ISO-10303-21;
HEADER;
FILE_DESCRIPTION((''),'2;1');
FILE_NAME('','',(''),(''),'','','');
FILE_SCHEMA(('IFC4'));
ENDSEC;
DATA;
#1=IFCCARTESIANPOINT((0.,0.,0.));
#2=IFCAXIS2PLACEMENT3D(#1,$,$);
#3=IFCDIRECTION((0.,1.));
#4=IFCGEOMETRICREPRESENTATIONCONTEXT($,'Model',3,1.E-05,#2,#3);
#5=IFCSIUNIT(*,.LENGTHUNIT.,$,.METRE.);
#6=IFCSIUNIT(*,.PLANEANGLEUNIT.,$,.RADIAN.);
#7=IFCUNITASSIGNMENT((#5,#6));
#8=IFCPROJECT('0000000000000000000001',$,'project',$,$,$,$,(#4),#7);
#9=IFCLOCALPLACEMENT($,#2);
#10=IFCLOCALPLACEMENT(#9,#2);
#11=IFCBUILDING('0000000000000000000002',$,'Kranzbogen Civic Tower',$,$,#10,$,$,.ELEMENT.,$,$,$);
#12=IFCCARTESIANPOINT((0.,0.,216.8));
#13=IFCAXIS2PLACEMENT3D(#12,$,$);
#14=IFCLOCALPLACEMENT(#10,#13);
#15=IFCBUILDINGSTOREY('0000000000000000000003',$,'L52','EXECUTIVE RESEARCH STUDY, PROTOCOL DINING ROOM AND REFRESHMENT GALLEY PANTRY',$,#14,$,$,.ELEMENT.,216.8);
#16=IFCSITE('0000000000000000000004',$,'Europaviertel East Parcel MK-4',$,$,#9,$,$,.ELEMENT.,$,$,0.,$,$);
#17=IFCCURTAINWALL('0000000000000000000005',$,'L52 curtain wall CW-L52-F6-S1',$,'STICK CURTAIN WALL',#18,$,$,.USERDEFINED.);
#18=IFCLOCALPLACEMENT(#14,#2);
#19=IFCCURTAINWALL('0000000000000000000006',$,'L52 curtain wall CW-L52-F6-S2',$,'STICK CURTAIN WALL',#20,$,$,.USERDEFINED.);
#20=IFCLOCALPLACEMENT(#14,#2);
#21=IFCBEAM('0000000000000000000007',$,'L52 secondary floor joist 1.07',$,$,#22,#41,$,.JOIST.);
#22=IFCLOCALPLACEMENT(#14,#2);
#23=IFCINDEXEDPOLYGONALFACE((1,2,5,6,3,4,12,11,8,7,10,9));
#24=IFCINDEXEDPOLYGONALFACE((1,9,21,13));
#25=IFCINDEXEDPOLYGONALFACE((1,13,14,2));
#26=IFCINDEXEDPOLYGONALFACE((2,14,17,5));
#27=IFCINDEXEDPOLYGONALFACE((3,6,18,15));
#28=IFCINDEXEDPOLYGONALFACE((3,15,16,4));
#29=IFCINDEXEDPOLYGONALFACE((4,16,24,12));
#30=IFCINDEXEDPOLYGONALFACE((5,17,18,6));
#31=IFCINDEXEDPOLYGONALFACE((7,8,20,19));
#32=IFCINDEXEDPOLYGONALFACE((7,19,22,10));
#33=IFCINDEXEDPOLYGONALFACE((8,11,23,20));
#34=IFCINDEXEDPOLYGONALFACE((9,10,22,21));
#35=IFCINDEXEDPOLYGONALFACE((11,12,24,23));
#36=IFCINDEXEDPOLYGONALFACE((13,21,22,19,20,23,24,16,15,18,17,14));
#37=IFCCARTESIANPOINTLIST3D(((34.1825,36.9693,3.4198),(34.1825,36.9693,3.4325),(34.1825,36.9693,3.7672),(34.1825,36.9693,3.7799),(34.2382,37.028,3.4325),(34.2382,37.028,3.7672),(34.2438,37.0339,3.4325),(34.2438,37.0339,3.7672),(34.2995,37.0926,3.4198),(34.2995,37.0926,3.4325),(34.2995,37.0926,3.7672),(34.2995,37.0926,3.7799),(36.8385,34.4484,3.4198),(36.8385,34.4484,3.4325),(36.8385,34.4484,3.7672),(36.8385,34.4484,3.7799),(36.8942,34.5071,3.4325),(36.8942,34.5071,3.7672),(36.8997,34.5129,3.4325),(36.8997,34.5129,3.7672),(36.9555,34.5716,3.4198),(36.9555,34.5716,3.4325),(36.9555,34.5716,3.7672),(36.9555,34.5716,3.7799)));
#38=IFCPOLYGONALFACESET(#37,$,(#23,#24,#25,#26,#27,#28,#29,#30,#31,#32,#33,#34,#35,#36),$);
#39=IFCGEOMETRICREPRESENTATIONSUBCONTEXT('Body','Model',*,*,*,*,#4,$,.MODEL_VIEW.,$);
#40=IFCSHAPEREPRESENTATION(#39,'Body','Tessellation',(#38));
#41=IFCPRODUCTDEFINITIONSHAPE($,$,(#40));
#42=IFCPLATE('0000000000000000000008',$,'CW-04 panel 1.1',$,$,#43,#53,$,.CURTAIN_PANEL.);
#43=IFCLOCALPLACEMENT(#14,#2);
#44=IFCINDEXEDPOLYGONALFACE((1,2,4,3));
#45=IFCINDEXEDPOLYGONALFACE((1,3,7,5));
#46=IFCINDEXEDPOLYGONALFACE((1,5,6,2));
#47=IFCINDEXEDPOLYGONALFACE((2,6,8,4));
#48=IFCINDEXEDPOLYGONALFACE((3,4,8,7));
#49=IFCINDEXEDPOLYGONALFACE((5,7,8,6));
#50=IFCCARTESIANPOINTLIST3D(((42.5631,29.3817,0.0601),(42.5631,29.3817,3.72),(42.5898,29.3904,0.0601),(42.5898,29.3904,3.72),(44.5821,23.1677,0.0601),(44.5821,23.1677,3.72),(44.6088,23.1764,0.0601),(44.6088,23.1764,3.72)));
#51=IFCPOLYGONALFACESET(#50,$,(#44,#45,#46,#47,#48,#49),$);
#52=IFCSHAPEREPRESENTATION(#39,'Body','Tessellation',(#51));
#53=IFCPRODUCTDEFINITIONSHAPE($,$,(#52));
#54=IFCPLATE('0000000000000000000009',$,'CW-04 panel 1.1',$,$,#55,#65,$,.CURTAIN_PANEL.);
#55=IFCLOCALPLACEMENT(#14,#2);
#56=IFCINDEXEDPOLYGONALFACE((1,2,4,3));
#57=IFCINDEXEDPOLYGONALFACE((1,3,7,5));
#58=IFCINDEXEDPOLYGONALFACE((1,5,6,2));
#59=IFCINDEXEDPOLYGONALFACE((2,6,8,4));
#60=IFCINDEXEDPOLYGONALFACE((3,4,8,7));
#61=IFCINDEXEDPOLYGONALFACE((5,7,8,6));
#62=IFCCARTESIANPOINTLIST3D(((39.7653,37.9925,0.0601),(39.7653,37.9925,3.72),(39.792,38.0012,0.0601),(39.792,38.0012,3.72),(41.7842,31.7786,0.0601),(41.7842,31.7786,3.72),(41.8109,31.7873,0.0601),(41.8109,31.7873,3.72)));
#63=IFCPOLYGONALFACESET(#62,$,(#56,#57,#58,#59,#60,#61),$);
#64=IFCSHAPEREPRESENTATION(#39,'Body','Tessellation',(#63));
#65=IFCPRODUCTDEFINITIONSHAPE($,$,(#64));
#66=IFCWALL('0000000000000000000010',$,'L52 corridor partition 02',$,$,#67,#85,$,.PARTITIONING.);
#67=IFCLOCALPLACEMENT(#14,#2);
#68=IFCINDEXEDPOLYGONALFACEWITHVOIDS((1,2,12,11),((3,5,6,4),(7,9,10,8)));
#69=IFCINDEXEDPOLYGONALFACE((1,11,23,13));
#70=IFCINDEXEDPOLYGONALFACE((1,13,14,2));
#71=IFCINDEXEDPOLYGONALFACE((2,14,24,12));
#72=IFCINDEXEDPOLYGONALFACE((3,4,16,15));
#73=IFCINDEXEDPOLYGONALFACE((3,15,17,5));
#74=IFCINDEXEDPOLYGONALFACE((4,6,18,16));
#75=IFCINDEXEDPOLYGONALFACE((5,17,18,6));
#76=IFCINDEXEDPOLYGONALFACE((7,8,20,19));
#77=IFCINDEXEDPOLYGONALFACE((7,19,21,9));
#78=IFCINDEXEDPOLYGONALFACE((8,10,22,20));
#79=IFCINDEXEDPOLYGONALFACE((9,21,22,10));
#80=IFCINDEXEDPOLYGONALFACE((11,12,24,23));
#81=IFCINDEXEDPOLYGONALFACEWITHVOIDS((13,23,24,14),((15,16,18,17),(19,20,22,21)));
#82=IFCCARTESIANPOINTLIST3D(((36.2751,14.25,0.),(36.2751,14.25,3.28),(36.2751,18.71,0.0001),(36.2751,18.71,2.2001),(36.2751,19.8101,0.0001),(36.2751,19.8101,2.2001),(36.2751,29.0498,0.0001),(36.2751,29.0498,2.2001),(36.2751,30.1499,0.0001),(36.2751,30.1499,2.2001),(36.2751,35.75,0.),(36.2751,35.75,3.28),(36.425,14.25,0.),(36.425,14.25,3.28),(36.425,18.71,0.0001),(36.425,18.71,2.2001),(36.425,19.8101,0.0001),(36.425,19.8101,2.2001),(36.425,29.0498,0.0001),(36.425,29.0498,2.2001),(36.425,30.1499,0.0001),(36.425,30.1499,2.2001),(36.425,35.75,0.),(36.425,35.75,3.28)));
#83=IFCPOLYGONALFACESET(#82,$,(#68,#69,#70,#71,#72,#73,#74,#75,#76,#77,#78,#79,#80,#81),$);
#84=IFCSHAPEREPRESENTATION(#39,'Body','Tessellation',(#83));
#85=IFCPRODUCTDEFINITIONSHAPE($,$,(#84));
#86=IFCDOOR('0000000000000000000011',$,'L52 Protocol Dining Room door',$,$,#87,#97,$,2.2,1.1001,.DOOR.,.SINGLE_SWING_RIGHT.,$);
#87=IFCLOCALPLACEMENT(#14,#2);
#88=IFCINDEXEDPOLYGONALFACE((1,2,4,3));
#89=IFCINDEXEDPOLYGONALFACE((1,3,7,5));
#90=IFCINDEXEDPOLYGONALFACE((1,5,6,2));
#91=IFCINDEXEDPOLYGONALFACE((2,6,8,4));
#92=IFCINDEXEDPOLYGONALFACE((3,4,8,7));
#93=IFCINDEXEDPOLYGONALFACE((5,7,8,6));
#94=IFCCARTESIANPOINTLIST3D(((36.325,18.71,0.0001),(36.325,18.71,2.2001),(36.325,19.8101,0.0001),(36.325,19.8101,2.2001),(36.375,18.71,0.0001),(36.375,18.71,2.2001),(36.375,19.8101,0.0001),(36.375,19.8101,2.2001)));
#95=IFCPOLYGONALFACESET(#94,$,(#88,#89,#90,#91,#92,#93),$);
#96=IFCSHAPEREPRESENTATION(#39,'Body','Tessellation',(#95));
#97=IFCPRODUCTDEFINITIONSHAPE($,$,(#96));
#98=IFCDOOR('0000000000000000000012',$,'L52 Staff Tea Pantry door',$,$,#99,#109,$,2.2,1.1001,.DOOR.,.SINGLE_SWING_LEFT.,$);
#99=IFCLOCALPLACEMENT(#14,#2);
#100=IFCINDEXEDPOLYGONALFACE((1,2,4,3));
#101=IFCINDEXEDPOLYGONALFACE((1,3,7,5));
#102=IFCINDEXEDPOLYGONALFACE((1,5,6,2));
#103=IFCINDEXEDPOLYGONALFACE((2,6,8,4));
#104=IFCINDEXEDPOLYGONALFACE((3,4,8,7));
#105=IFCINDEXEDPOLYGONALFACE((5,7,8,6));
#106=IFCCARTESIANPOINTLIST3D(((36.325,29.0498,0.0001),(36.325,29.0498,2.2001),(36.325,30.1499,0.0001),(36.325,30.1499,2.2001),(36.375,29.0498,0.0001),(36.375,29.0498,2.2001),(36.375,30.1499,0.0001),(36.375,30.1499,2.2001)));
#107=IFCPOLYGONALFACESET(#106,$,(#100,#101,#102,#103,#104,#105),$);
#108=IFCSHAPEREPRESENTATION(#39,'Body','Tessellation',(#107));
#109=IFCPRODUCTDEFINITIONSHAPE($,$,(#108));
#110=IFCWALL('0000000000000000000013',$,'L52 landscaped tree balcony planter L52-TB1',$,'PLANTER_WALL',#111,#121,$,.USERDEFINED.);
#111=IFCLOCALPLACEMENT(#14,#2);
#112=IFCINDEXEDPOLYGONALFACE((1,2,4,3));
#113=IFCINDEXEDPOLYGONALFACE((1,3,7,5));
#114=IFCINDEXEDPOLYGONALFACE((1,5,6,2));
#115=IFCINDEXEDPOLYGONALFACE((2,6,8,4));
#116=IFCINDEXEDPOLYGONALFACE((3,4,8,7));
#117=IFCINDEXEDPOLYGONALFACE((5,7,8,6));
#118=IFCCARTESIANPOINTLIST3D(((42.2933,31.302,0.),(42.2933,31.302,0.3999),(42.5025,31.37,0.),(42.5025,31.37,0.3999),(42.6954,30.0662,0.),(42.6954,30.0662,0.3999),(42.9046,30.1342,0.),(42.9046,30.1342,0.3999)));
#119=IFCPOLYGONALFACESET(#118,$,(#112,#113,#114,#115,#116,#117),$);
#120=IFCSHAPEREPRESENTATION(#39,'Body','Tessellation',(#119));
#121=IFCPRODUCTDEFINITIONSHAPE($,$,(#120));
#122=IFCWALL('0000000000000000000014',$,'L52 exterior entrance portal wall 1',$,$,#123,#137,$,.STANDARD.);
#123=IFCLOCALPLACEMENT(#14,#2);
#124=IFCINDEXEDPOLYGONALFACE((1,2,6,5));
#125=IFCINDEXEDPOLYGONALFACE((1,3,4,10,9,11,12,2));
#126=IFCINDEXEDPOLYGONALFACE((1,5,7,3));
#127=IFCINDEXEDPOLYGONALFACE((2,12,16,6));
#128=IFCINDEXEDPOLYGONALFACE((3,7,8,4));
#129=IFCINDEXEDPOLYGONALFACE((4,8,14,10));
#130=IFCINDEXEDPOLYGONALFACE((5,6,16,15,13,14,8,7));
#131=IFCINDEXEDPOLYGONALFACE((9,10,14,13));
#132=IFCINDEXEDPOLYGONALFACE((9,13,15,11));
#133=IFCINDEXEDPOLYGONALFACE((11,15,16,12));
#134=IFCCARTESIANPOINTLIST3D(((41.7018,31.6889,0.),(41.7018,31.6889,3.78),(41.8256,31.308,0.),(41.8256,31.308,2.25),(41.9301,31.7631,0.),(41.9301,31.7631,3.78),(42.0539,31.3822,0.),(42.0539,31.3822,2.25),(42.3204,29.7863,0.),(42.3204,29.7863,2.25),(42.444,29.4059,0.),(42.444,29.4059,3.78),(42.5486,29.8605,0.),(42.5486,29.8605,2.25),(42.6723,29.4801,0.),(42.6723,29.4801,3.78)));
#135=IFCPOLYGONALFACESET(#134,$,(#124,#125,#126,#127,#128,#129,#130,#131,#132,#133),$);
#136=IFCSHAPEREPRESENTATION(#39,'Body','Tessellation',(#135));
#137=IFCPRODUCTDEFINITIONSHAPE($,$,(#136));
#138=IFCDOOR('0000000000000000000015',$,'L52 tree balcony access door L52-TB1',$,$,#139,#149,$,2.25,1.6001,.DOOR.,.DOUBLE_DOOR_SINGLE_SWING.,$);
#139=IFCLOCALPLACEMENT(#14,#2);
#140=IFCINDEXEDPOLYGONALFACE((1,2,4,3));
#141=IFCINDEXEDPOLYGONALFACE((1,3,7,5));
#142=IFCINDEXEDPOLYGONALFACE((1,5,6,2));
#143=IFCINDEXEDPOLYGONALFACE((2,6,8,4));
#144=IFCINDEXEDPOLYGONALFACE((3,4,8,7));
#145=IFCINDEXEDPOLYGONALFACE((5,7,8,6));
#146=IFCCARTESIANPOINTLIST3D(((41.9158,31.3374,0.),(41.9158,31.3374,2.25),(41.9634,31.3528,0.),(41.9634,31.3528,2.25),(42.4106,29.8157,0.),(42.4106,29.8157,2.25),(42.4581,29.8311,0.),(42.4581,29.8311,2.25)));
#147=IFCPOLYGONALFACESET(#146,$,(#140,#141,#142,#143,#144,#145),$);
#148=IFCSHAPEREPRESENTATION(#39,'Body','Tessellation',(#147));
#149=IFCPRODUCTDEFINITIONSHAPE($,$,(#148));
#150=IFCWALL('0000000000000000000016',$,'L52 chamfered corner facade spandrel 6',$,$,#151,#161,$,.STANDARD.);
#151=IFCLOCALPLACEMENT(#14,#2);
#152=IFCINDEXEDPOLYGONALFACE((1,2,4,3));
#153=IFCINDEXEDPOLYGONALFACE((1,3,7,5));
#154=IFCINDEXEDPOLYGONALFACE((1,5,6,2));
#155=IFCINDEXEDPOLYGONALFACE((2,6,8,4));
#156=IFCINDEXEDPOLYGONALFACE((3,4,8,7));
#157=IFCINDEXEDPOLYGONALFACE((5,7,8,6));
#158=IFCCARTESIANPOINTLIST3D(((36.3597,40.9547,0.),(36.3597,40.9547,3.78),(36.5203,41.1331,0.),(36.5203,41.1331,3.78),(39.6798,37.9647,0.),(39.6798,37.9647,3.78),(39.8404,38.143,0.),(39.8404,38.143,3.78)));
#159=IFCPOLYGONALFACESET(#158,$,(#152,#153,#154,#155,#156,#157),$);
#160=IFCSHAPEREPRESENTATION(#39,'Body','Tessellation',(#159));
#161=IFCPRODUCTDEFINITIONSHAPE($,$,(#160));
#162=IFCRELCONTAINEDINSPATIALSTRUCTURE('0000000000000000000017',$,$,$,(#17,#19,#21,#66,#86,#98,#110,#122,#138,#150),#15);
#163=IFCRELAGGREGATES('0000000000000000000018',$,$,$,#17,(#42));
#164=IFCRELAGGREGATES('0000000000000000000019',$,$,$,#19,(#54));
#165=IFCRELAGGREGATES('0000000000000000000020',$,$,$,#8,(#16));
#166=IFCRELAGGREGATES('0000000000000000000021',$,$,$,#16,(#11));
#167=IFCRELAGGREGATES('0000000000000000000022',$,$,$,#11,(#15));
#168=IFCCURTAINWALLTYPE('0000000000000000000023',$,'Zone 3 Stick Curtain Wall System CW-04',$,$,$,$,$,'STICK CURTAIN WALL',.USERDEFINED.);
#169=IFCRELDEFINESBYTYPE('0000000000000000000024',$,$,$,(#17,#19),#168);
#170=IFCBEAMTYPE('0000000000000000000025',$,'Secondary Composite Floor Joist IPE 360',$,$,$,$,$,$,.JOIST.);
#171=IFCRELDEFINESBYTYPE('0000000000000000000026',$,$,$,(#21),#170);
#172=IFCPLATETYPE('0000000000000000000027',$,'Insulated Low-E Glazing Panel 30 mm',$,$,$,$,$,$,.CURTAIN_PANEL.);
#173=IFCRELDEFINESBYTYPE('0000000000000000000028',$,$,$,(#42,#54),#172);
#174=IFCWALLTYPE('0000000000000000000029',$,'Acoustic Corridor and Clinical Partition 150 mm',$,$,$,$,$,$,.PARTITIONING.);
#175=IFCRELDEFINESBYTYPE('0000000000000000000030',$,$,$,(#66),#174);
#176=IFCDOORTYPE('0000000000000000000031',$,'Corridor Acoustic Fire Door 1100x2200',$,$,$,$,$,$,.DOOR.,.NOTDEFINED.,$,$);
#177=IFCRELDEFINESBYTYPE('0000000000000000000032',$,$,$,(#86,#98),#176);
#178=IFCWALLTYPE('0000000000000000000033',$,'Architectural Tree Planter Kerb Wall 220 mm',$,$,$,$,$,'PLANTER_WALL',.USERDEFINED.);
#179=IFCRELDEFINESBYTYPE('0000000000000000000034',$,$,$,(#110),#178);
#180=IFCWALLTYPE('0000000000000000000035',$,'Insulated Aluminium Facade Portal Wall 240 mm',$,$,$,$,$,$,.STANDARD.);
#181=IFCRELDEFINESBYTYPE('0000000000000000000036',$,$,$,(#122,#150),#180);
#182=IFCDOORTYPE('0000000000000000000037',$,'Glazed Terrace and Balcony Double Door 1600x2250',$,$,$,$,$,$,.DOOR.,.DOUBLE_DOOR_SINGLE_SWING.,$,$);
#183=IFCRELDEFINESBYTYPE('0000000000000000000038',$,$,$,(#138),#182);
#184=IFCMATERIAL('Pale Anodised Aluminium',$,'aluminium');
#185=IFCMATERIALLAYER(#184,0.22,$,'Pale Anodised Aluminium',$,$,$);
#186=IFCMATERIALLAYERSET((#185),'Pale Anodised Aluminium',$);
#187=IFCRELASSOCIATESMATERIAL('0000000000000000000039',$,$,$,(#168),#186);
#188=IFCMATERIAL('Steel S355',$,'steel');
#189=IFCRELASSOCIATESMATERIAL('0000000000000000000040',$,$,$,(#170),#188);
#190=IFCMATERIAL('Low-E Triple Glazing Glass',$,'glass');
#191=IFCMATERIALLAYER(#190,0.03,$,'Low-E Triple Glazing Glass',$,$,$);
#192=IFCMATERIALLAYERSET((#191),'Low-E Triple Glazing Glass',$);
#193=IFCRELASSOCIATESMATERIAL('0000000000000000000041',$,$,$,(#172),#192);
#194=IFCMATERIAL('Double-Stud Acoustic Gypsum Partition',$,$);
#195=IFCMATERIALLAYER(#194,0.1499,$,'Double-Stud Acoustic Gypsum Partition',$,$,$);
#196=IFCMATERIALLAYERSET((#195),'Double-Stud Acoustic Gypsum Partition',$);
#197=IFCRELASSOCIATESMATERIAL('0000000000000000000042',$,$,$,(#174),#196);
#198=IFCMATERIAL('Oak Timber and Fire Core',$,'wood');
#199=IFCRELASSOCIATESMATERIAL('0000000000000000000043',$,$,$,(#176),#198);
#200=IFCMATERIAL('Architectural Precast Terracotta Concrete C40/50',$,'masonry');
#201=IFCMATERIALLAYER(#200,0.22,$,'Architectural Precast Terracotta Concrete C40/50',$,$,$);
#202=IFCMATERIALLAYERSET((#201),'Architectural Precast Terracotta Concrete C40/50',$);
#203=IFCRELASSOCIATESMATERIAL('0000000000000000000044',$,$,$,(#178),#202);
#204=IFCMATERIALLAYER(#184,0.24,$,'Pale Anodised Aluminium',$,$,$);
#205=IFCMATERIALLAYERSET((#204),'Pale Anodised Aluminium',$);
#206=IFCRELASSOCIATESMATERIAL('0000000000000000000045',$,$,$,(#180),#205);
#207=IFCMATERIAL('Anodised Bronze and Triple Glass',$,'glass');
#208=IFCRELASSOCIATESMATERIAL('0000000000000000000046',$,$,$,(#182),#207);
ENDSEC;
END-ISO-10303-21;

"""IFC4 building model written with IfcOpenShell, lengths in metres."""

from ifc_helpers import new_model, si_unit, direction, frame, frame_2d, origin, origin_2d, place, context, subcontext, project, spatial, rectangle, i_section, extrude, material, layer, layer_set, material_profile, profile_set, type_object, element, fill, aggregate, save


model = new_model("IFC4")

# Units and contexts
model_context = context("Model", 3, precision=1e-05, world=origin(), true_north=direction((0.0, 1.0)))
body_context = subcontext(model_context, "Body", "Model", "MODEL_VIEW")
ifc_project = project(units=[si_unit("LENGTHUNIT", "METRE"), si_unit("PLANEANGLEUNIT", "RADIAN")], contexts=[model_context])

# Site, building, storey
site_placement = place(None, origin())
site = spatial("IfcSite", under=ifc_project, at=site_placement, Name="Europaviertel East Parcel MK-4", CompositionType="ELEMENT", RefElevation=0.0)
building_placement = place(site_placement, origin())
building = spatial("IfcBuilding", under=site, at=building_placement, Name="Kranzbogen Civic Tower", CompositionType="ELEMENT")
storey_placement = place(building_placement, frame((0.0, 0.0, 216.8)))
storey = spatial("IfcBuildingStorey", under=building, at=storey_placement, Name="L52", Description="EXECUTIVE RESEARCH STUDY, PROTOCOL DINING ROOM AND REFRESHMENT GALLEY PANTRY", CompositionType="ELEMENT", Elevation=216.8)

# Shared definitions
ifc_material_1 = material(Name="Steel S355", Category="steel")

# Curtain wall
ifc_material_2 = material(Name="Pale Anodised Aluminium", Category="aluminium")
ifc_layer_1 = layer(ifc_material_2, 0.22, Name="Pale Anodised Aluminium")
ifc_layer_set_1 = layer_set([ifc_layer_1], Name="Pale Anodised Aluminium")
curtain_wall_type = type_object("IfcCurtainWallType", Name="Zone 3 Stick Curtain Wall System CW-04", ElementType="STICK CURTAIN WALL", PredefinedType="USERDEFINED", material=ifc_layer_set_1)
curtain_wall_1_placement = place(storey_placement, origin())
curtain_wall_1 = element("IfcCurtainWall", 1, at=curtain_wall_1_placement, inside=storey, type_object=curtain_wall_type, Name="L52 curtain wall CW-L52-F6-S1", ObjectType="STICK CURTAIN WALL", PredefinedType="USERDEFINED")

# Curtain wall
curtain_wall_2_placement = place(storey_placement, origin())
curtain_wall_2 = element("IfcCurtainWall", 2, at=curtain_wall_2_placement, inside=storey, type_object=curtain_wall_type, Name="L52 curtain wall CW-L52-F6-S2", ObjectType="STICK CURTAIN WALL", PredefinedType="USERDEFINED")

# Beam
ifc_material_profile_1 = material_profile(ifc_material_1, i_section(OverallWidth=0.1699, OverallDepth=0.3601, WebThickness=0.0081, FlangeThickness=0.0127, at=origin_2d()), Name="IPE 360")
ifc_profile_set_1 = profile_set([ifc_material_profile_1], Name="Steel S355")
beam_type_1 = type_object("IfcBeamType", Name="Secondary Composite Floor Joist IPE 360", PredefinedType="JOIST", material=ifc_profile_set_1)
beam_1_placement = place(storey_placement, frame((36.897, 34.51, 3.5999), z_axis=(-0.725301, 0.688432, 0.0), x_axis=(-0.688432, -0.725301, 0.0)))
element("IfcBeam", 3, at=beam_1_placement, inside=storey, type_object=beam_type_1, Name="L52 secondary floor joist 1.07", PredefinedType="JOIST", context=body_context, shape_type="SweptSolid", body=[
    extrude(i_section(OverallWidth=0.1699, OverallDepth=0.3601, WebThickness=0.0081, FlangeThickness=0.0127, at=origin_2d()), origin(), (0.0, 0.0, 1.0), 3.6619),
])

# Plates
ifc_material_3 = material(Name="Low-E Triple Glazing Glass", Category="glass")
ifc_layer_2 = layer(ifc_material_3, 0.03, Name="Low-E Triple Glazing Glass")
ifc_layer_set_2 = layer_set([ifc_layer_2], Name="Low-E Triple Glazing Glass")
plate_type = type_object("IfcPlateType", Name="Insulated Low-E Glazing Panel 30 mm", PredefinedType="CURTAIN_PANEL", material=ifc_layer_set_2)
plate_1_placement = place(storey_placement, frame((43.5859, 26.2791, 0.0601), z_axis=(0.0, 0.0, 1.0), x_axis=(-0.309005, 0.951061, 0.0)))
plate_1 = element("IfcPlate", 4, at=plate_1_placement, type_object=plate_type, Name="CW-04 panel 1.1", PredefinedType="CURTAIN_PANEL", context=body_context, shape_type="SweptSolid", body=[
    extrude(rectangle(XDim=6.5337, YDim=0.0281, at=origin_2d()), origin(), (0.0, 0.0, 1.0), 3.6599),
])
aggregate(curtain_wall_1, [plate_1])
plate_2_placement = place(storey_placement, frame((40.7881, 34.8899, 0.0601), z_axis=(0.0, 0.0, 1.0), x_axis=(-0.309005, 0.951061, 0.0)))
plate_2 = element("IfcPlate", 5, at=plate_2_placement, type_object=plate_type, Name="CW-04 panel 1.1", PredefinedType="CURTAIN_PANEL", context=body_context, shape_type="SweptSolid", body=[
    extrude(rectangle(XDim=6.5337, YDim=0.0281, at=origin_2d()), origin(), (0.0, 0.0, 1.0), 3.6599),
])
aggregate(curtain_wall_2, [plate_2])

# Wall, openings, doors
ifc_material_4 = material(Name="Double-Stud Acoustic Gypsum Partition")
ifc_layer_3 = layer(ifc_material_4, 0.1499, Name="Double-Stud Acoustic Gypsum Partition")
ifc_layer_set_3 = layer_set([ifc_layer_3], Name="Double-Stud Acoustic Gypsum Partition")
wall_type_1 = type_object("IfcWallType", Name="Acoustic Corridor and Clinical Partition 150 mm", PredefinedType="PARTITIONING", material=ifc_layer_set_3)
wall_1_placement = place(storey_placement, frame((36.3501, 35.75, 0.0), z_axis=(0.0, 0.0, 1.0), x_axis=(0.0, -1.0, 0.0)))
wall_1 = element("IfcWall", 6, at=wall_1_placement, inside=storey, type_object=wall_type_1, Name="L52 corridor partition 02", PredefinedType="PARTITIONING", context=body_context, shape_type="SweptSolid", body=[
    extrude(rectangle(XDim=21.5, YDim=0.1499, at=frame_2d((10.75, 0.0))), origin(), (0.0, 0.0, 1.0), 3.28),
])
opening_1_placement = place(wall_1_placement, frame((15.9399, 0.0, 0.0)))
opening_1 = element("IfcOpeningElement", 7, at=opening_1_placement, cuts=wall_1, PredefinedType="OPENING", context=body_context, shape_type="SweptSolid", body=[
    extrude(rectangle(XDim=1.1001, YDim=2.2, at=frame_2d((0.55, 1.1001))), frame((0.0, 0.085, 0.0), z_axis=(0.0, -1.0, 0.0), x_axis=(1.0, 0.0, 0.0)), (0.0, 0.0, 1.0), 0.1699),
])
opening_2_placement = place(wall_1_placement, frame((5.6001, 0.0, 0.0)))
opening_2 = element("IfcOpeningElement", 8, at=opening_2_placement, cuts=wall_1, PredefinedType="OPENING", context=body_context, shape_type="SweptSolid", body=[
    extrude(rectangle(XDim=1.1001, YDim=2.2, at=frame_2d((0.55, 1.1001))), frame((0.0, 0.085, 0.0), z_axis=(0.0, -1.0, 0.0), x_axis=(1.0, 0.0, 0.0)), (0.0, 0.0, 1.0), 0.1699),
])
ifc_material_5 = material(Name="Oak Timber and Fire Core", Category="wood")
door_type_1 = type_object("IfcDoorType", Name="Corridor Acoustic Fire Door 1100x2200", OperationType="NOTDEFINED", PredefinedType="DOOR", material=ifc_material_5)
door_1_placement = place(opening_1_placement, origin())
door_1 = element("IfcDoor", 9, at=door_1_placement, inside=storey, type_object=door_type_1, Name="L52 Protocol Dining Room door", OperationType="SINGLE_SWING_RIGHT", OverallHeight=2.2, OverallWidth=1.1001, PredefinedType="DOOR", context=body_context, shape_type="SweptSolid", body=[
    extrude(rectangle(XDim=1.1001, YDim=2.2, at=frame_2d((0.55, 1.1001))), frame((0.0, 0.0249, 0.0), z_axis=(0.0, -1.0, 0.0), x_axis=(1.0, 0.0, 0.0)), (0.0, 0.0, 1.0), 0.05),
])
fill(opening_1, door_1)
door_2_placement = place(opening_2_placement, origin())
door_2 = element("IfcDoor", 10, at=door_2_placement, inside=storey, type_object=door_type_1, Name="L52 Staff Tea Pantry door", OperationType="SINGLE_SWING_LEFT", OverallHeight=2.2, OverallWidth=1.1001, PredefinedType="DOOR", context=body_context, shape_type="SweptSolid", body=[
    extrude(rectangle(XDim=1.1001, YDim=2.2, at=frame_2d((0.55, 1.1001))), frame((0.0, 0.0249, 0.0), z_axis=(0.0, -1.0, 0.0), x_axis=(1.0, 0.0, 0.0)), (0.0, 0.0, 1.0), 0.05),
])
fill(opening_2, door_2)

# Wall
ifc_material_6 = material(Name="Architectural Precast Terracotta Concrete C40/50", Category="masonry")
ifc_layer_4 = layer(ifc_material_6, 0.22, Name="Architectural Precast Terracotta Concrete C40/50")
ifc_layer_set_4 = layer_set([ifc_layer_4], Name="Architectural Precast Terracotta Concrete C40/50")
wall_type_2 = type_object("IfcWallType", Name="Architectural Tree Planter Kerb Wall 220 mm", ElementType="PLANTER_WALL", PredefinedType="USERDEFINED", material=ifc_layer_set_4)
wall_2_placement = place(storey_placement, frame((42.8, 30.1001, 0.0), z_axis=(0.0, 0.0, 1.0), x_axis=(-0.3094, 0.950932, 0.0)))
element("IfcWall", 11, at=wall_2_placement, inside=storey, type_object=wall_type_2, Name="L52 landscaped tree balcony planter L52-TB1", ObjectType="PLANTER_WALL", PredefinedType="USERDEFINED", context=body_context, shape_type="SweptSolid", body=[
    extrude(rectangle(XDim=1.2996, YDim=0.22, at=frame_2d((0.6499, 0.0))), origin(), (0.0, 0.0, 1.0), 0.3999),
])

# Wall, opening, door
ifc_layer_5 = layer(ifc_material_2, 0.24, Name="Pale Anodised Aluminium")
ifc_layer_set_5 = layer_set([ifc_layer_5], Name="Pale Anodised Aluminium")
wall_type_3 = type_object("IfcWallType", Name="Insulated Aluminium Facade Portal Wall 240 mm", PredefinedType="STANDARD", material=ifc_layer_set_5)
wall_3_placement = place(storey_placement, frame((42.5581, 29.4431, 0.0), z_axis=(0.0, 0.0, 1.0), x_axis=(-0.309171, 0.951006, 0.0)))
wall_3 = element("IfcWall", 12, at=wall_3_placement, inside=storey, type_object=wall_type_3, Name="L52 exterior entrance portal wall 1", PredefinedType="STANDARD", context=body_context, shape_type="SweptSolid", body=[
    extrude(rectangle(XDim=2.4006, YDim=0.24, at=frame_2d((1.2002, 0.0))), origin(), (0.0, 0.0, 1.0), 3.78),
])
opening_3_placement = place(wall_3_placement, frame((0.3999, 0.0, 0.0)))
opening_3 = element("IfcOpeningElement", 13, at=opening_3_placement, cuts=wall_3, PredefinedType="OPENING", context=body_context, shape_type="SweptSolid", body=[
    extrude(rectangle(XDim=1.6001, YDim=2.25, at=frame_2d((0.8, 1.125))), frame((0.0, 0.1299, 0.0), z_axis=(0.0, -1.0, 0.0), x_axis=(1.0, 0.0, 0.0)), (0.0, 0.0, 1.0), 0.26),
])
ifc_material_7 = material(Name="Anodised Bronze and Triple Glass", Category="glass")
door_type_2 = type_object("IfcDoorType", Name="Glazed Terrace and Balcony Double Door 1600x2250", OperationType="DOUBLE_DOOR_SINGLE_SWING", PredefinedType="DOOR", material=ifc_material_7)
door_3_placement = place(opening_3_placement, frame((1.6001, 0.0, 0.0), z_axis=(0.0, 0.0, 1.0), x_axis=(-1.0, 0.0, 0.0)))
door_3 = element("IfcDoor", 14, at=door_3_placement, inside=storey, type_object=door_type_2, Name="L52 tree balcony access door L52-TB1", OperationType="DOUBLE_DOOR_SINGLE_SWING", OverallHeight=2.25, OverallWidth=1.6001, PredefinedType="DOOR", context=body_context, shape_type="SweptSolid", body=[
    extrude(rectangle(XDim=1.6001, YDim=2.25, at=frame_2d((0.8, 1.125))), frame((0.0, 0.0249, 0.0), z_axis=(0.0, -1.0, 0.0), x_axis=(1.0, 0.0, 0.0)), (0.0, 0.0, 1.0), 0.05),
])
fill(opening_3, door_3)

# Wall
wall_4_placement = place(storey_placement, frame((39.76, 38.054, 0.0), z_axis=(0.0, 0.0, 1.0), x_axis=(-0.743079, 0.669203, 0.0)))
element("IfcWall", 15, at=wall_4_placement, inside=storey, type_object=wall_type_3, Name="L52 chamfered corner facade spandrel 6", PredefinedType="STANDARD", context=body_context, shape_type="SweptSolid", body=[
    extrude(rectangle(XDim=4.468, YDim=0.24, at=frame_2d((2.2339, 0.0))), origin(), (0.0, 0.0, 1.0), 3.78),
])

save(model, "model.ifc")
